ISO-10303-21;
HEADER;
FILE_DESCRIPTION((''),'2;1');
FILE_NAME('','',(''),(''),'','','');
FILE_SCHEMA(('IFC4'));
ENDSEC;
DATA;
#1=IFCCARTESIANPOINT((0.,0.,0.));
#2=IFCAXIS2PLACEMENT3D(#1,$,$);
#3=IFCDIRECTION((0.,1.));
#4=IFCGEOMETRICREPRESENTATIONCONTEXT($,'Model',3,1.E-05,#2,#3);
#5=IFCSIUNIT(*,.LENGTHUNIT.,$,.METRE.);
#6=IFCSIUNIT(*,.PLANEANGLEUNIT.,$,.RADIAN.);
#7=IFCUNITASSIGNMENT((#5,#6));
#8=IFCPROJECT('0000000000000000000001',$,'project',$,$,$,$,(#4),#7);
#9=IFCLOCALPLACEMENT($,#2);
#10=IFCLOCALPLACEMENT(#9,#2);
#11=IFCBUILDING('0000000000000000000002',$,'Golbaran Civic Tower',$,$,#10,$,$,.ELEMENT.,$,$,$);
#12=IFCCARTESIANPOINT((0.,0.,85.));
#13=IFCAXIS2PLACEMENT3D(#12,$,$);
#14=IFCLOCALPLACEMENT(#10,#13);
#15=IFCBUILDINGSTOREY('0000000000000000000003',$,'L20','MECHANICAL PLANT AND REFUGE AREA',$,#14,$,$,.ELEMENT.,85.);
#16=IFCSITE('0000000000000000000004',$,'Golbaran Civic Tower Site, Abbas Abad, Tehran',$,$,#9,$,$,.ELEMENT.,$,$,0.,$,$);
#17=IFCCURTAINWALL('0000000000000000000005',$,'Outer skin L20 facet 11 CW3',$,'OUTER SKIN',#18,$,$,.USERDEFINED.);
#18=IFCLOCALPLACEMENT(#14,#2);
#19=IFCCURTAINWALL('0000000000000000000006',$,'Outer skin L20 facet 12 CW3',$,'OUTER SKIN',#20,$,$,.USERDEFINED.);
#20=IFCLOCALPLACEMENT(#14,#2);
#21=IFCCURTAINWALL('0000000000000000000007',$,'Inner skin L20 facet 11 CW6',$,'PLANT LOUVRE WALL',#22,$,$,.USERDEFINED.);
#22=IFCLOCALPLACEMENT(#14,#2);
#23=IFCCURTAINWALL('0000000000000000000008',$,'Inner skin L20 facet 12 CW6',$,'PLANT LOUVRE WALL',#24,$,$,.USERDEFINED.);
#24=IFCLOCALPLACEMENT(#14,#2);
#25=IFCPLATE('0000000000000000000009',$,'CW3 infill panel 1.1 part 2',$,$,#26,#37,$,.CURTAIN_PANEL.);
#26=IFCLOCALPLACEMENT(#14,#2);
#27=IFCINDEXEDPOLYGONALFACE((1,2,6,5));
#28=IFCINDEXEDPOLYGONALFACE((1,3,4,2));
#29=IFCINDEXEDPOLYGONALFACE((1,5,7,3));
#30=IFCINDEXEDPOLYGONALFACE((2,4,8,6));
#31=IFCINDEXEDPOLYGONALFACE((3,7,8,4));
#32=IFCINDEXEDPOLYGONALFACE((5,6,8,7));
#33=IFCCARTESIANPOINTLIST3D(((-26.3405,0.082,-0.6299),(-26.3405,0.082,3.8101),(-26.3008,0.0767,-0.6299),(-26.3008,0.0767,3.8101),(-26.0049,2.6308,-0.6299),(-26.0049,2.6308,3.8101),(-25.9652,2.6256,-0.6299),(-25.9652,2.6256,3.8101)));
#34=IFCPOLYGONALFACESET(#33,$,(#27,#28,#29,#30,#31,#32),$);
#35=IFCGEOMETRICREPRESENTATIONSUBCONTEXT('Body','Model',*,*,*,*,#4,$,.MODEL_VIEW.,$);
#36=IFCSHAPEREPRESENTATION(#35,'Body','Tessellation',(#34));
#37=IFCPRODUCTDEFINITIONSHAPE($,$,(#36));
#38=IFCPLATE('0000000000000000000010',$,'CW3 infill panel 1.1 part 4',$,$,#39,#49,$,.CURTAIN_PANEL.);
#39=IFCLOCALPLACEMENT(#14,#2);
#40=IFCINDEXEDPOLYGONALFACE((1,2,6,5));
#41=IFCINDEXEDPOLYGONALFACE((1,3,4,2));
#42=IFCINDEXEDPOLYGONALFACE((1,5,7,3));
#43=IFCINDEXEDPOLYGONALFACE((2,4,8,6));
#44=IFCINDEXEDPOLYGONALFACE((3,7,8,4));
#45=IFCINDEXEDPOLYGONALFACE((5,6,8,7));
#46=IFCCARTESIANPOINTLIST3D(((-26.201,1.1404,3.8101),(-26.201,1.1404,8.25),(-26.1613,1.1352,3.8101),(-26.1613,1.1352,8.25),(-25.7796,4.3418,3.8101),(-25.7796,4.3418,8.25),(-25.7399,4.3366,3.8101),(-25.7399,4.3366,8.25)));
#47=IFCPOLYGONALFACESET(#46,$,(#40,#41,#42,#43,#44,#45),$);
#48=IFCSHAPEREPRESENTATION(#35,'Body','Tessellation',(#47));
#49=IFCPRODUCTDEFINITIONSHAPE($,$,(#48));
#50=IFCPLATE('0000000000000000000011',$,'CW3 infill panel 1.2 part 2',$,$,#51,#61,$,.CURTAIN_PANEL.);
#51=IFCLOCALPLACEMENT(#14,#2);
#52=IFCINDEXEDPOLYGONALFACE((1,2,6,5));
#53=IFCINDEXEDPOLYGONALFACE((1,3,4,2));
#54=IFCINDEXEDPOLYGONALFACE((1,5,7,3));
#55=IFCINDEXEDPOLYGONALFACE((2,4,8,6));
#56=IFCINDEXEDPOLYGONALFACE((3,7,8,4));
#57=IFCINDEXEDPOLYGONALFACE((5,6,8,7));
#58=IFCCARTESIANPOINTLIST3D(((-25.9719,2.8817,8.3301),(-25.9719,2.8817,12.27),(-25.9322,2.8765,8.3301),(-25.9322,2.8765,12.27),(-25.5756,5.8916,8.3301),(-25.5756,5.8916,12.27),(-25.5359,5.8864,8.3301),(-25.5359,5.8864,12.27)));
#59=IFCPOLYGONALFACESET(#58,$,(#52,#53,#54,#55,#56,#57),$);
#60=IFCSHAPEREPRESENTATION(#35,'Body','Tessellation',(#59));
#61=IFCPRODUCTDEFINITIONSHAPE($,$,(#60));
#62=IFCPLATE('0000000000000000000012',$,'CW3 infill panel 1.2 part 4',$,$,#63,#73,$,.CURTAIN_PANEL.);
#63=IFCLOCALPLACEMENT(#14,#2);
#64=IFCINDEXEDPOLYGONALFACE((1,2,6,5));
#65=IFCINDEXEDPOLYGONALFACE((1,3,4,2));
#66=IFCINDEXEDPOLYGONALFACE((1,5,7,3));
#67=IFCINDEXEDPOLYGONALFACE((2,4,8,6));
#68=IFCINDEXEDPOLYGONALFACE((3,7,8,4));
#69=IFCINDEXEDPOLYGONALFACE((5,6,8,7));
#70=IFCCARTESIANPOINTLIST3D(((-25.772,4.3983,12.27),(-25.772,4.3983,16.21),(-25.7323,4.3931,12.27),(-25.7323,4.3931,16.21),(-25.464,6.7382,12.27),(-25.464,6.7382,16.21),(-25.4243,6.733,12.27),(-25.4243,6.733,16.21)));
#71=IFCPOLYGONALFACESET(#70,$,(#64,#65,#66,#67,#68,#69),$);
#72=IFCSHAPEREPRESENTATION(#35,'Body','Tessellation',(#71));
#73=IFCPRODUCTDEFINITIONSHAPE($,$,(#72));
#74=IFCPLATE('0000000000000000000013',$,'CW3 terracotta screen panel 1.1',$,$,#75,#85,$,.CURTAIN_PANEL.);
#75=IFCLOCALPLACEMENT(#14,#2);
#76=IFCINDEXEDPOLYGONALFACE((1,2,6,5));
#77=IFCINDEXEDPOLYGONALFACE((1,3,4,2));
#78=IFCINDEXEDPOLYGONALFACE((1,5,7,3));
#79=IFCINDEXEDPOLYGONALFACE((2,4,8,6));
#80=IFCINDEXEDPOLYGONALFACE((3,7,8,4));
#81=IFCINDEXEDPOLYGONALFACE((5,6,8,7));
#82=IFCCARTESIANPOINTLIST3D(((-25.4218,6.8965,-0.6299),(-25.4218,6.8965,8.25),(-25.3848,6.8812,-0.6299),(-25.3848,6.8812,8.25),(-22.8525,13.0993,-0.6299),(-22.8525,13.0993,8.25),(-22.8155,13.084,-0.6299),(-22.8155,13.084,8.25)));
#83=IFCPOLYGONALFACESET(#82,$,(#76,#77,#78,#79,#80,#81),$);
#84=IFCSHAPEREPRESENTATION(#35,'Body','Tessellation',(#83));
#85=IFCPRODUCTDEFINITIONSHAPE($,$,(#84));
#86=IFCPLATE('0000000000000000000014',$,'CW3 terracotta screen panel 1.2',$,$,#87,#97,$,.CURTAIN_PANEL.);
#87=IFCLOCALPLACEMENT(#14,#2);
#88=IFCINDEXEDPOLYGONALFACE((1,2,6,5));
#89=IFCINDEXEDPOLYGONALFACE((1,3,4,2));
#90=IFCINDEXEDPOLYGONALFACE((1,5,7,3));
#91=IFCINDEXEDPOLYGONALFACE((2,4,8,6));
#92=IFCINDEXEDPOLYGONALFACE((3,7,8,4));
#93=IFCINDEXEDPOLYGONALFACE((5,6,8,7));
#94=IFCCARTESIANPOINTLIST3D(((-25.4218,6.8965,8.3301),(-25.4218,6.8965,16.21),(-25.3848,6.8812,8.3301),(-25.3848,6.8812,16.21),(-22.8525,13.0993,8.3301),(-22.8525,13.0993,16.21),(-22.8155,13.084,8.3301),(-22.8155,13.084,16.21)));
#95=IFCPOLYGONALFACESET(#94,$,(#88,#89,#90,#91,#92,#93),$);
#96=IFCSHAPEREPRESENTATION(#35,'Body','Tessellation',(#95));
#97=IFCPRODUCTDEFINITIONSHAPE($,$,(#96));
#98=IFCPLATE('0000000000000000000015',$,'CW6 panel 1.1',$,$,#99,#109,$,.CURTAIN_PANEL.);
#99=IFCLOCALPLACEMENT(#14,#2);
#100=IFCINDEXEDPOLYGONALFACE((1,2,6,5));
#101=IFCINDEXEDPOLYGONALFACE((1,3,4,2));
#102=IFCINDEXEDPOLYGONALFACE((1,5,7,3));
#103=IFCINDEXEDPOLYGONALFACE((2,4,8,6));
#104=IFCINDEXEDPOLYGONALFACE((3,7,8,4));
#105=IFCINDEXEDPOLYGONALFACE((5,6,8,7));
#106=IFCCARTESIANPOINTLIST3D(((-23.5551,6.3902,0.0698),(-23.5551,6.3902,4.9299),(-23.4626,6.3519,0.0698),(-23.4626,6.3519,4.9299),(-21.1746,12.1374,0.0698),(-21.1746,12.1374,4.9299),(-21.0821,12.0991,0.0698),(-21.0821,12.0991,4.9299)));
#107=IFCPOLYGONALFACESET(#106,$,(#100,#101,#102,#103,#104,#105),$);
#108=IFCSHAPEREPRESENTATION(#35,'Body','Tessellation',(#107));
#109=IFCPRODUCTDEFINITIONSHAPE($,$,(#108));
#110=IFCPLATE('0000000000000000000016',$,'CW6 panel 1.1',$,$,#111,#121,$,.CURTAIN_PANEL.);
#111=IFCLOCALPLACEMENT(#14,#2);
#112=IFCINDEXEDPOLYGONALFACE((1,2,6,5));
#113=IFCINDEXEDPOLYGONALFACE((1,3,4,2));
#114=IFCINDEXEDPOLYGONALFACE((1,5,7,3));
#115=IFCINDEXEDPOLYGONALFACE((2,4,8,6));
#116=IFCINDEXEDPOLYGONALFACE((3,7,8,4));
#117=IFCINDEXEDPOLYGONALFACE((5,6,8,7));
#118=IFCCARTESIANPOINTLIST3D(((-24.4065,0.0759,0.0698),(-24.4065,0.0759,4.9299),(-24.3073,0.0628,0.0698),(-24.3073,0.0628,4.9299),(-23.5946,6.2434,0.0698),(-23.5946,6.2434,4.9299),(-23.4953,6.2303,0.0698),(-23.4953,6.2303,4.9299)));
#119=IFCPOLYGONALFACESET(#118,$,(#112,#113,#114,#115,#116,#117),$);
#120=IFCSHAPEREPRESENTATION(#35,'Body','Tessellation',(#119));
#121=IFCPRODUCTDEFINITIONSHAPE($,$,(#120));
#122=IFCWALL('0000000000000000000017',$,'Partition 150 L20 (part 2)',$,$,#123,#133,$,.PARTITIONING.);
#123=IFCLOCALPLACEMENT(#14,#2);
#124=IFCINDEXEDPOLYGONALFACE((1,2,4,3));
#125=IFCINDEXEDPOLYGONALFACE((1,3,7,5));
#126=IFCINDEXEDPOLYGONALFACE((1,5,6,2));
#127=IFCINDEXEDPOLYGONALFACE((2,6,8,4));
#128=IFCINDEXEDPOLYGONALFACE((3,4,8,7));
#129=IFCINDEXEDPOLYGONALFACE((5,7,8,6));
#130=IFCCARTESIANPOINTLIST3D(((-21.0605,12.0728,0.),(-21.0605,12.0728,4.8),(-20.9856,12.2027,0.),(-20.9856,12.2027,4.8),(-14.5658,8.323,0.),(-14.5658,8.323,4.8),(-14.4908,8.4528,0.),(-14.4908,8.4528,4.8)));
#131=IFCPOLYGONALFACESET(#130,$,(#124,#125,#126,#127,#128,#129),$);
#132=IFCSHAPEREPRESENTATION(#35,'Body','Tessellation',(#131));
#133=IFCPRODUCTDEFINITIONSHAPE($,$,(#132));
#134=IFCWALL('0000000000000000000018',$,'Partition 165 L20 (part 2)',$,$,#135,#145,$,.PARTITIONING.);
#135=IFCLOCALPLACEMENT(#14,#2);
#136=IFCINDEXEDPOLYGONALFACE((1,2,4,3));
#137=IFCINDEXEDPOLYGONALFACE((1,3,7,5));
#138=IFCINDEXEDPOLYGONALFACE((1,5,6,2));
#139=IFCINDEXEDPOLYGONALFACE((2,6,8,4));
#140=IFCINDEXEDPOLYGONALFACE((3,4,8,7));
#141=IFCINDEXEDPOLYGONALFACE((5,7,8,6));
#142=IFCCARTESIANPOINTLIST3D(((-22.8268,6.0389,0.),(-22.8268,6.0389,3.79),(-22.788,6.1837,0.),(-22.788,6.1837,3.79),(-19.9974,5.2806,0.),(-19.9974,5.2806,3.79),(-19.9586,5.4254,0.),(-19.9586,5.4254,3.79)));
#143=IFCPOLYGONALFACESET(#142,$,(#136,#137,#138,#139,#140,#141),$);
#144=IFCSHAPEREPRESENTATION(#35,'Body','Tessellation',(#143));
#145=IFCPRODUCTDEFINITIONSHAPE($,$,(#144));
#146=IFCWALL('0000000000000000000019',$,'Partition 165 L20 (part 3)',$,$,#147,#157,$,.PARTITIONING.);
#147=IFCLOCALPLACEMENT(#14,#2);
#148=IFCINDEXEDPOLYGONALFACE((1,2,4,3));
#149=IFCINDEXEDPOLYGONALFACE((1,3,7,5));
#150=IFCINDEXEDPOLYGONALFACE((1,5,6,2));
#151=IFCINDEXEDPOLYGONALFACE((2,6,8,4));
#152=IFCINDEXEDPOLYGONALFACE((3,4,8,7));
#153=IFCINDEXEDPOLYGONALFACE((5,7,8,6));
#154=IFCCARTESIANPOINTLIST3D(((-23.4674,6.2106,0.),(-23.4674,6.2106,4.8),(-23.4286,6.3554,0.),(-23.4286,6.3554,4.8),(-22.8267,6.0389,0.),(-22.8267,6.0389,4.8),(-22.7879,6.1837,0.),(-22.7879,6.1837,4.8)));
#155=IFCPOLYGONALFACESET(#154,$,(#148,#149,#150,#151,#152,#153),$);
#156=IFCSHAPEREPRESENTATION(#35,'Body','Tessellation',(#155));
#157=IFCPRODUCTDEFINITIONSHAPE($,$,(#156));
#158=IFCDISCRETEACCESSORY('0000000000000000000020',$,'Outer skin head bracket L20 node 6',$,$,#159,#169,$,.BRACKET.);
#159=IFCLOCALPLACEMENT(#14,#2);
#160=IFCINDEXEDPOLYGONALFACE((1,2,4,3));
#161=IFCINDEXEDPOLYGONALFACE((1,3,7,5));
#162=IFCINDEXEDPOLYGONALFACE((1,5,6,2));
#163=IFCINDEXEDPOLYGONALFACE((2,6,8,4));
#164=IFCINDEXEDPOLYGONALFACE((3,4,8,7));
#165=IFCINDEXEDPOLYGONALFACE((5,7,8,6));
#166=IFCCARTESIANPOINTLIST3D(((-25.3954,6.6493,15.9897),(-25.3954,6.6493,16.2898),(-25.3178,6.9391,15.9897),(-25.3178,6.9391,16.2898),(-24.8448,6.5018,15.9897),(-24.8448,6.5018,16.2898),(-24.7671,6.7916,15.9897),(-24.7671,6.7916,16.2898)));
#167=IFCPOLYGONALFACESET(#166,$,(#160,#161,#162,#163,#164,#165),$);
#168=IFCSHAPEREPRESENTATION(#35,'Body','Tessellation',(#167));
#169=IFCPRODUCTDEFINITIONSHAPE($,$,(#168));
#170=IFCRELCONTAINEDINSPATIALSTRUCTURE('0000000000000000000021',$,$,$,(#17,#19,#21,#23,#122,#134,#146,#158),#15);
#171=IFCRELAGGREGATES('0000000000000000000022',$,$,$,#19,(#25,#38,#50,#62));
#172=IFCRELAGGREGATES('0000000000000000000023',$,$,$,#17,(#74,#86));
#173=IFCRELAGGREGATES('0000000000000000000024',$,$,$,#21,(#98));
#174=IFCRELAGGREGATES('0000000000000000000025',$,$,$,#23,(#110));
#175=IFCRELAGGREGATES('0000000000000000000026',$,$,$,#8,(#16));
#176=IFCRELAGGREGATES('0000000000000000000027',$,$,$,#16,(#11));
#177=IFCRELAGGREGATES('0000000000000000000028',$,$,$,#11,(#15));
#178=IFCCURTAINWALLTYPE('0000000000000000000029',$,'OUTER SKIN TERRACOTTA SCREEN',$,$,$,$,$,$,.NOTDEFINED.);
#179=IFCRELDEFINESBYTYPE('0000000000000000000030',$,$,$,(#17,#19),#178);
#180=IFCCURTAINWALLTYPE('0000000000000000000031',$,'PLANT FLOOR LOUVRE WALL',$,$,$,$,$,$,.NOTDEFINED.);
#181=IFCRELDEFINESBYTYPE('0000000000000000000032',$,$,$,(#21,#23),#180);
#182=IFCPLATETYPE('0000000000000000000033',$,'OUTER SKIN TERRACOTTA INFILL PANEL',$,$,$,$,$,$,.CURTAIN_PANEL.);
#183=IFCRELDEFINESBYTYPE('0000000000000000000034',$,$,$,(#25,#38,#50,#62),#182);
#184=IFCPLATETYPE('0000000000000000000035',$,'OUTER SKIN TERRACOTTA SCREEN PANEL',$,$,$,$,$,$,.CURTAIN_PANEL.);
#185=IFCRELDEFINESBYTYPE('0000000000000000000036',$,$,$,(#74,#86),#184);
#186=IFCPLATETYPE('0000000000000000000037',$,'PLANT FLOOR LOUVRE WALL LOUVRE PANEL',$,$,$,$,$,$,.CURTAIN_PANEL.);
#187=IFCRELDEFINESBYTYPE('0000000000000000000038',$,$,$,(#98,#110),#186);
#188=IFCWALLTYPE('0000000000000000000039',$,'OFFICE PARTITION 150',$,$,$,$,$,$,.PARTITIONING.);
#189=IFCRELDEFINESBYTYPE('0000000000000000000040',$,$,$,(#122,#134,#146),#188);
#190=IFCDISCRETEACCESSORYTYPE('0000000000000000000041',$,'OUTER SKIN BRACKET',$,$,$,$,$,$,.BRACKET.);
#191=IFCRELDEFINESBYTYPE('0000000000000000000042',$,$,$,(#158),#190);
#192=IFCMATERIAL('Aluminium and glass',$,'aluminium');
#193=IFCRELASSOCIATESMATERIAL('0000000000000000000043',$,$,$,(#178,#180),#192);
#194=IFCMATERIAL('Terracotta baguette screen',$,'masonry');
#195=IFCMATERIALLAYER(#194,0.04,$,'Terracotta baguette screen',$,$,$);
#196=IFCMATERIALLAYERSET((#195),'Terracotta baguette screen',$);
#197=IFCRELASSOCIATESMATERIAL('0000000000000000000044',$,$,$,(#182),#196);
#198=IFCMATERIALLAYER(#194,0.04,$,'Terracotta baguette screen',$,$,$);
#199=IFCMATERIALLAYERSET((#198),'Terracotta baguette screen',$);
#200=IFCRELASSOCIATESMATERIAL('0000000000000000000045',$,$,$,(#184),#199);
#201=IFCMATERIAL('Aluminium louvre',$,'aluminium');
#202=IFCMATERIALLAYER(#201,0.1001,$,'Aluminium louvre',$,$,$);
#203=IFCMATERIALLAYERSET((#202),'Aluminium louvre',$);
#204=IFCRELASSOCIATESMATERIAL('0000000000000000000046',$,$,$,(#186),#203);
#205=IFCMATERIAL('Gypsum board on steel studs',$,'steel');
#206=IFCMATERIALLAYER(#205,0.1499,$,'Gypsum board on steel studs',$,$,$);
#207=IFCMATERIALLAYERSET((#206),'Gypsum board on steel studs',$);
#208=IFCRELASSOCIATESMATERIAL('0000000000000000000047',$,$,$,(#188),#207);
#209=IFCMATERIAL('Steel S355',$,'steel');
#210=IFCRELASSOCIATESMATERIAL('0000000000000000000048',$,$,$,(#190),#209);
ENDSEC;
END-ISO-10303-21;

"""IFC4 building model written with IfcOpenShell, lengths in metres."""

from ifc_helpers import new_model, si_unit, direction, frame, frame_2d, origin, origin_2d, place, context, subcontext, project, spatial, rectangle, extrude, material, layer, layer_set, type_object, element, aggregate, save


model = new_model("IFC4")

# Units and contexts
model_context = context("Model", 3, precision=1e-05, world=origin(), true_north=direction((0.0, 1.0)))
body_context = subcontext(model_context, "Body", "Model", "MODEL_VIEW")
ifc_project = project(units=[si_unit("LENGTHUNIT", "METRE"), si_unit("PLANEANGLEUNIT", "RADIAN")], contexts=[model_context])

# Site, building, storey
site_placement = place(None, origin())
site = spatial("IfcSite", under=ifc_project, at=site_placement, Name="Golbaran Civic Tower Site, Abbas Abad, Tehran", CompositionType="ELEMENT", RefElevation=0.0)
building_placement = place(site_placement, origin())
building = spatial("IfcBuilding", under=site, at=building_placement, Name="Golbaran Civic Tower", CompositionType="ELEMENT")
storey_placement = place(building_placement, frame((0.0, 0.0, 85.0)))
storey = spatial("IfcBuildingStorey", under=building, at=storey_placement, Name="L20", Description="MECHANICAL PLANT AND REFUGE AREA", CompositionType="ELEMENT", Elevation=85.0)

# Shared definitions
ifc_material_1 = material(Name="Steel S355", Category="steel")

# Curtain wall
ifc_material_2 = material(Name="Aluminium and glass", Category="aluminium")
curtain_wall_type_1 = type_object("IfcCurtainWallType", Name="OUTER SKIN TERRACOTTA SCREEN", PredefinedType="NOTDEFINED", material=ifc_material_2)
curtain_wall_1_placement = place(storey_placement, origin())
curtain_wall_1 = element("IfcCurtainWall", 1, at=curtain_wall_1_placement, inside=storey, type_object=curtain_wall_type_1, Name="Outer skin L20 facet 11 CW3", ObjectType="OUTER SKIN", PredefinedType="USERDEFINED")

# Curtain wall
curtain_wall_2_placement = place(storey_placement, origin())
curtain_wall_2 = element("IfcCurtainWall", 2, at=curtain_wall_2_placement, inside=storey, type_object=curtain_wall_type_1, Name="Outer skin L20 facet 12 CW3", ObjectType="OUTER SKIN", PredefinedType="USERDEFINED")

# Shared definitions
curtain_wall_type_2 = type_object("IfcCurtainWallType", Name="PLANT FLOOR LOUVRE WALL", PredefinedType="NOTDEFINED", material=ifc_material_2)

# Curtain walls
curtain_wall_3_placement = place(storey_placement, origin())
curtain_wall_3 = element("IfcCurtainWall", 3, at=curtain_wall_3_placement, inside=storey, type_object=curtain_wall_type_2, Name="Inner skin L20 facet 11 CW6", ObjectType="PLANT LOUVRE WALL", PredefinedType="USERDEFINED")
curtain_wall_4_placement = place(storey_placement, origin())
curtain_wall_4 = element("IfcCurtainWall", 4, at=curtain_wall_4_placement, inside=storey, type_object=curtain_wall_type_2, Name="Inner skin L20 facet 12 CW6", ObjectType="PLANT LOUVRE WALL", PredefinedType="USERDEFINED")

# Plates
ifc_material_3 = material(Name="Terracotta baguette screen", Category="masonry")
ifc_layer_1 = layer(ifc_material_3, 0.04, Name="Terracotta baguette screen")
ifc_layer_set_1 = layer_set([ifc_layer_1], Name="Terracotta baguette screen")
plate_type_1 = type_object("IfcPlateType", Name="OUTER SKIN TERRACOTTA INFILL PANEL", PredefinedType="CURTAIN_PANEL", material=ifc_layer_set_1)
plate_1_placement = place(storey_placement, frame((-26.1528, 1.3538, -0.6299), z_axis=(0.0, 0.0, 1.0), x_axis=(-0.130526, -0.991445, 0.0)))
plate_1 = element("IfcPlate", 5, at=plate_1_placement, type_object=plate_type_1, Name="CW3 infill panel 1.1 part 2", PredefinedType="CURTAIN_PANEL", context=body_context, shape_type="SweptSolid", body=[
    extrude(rectangle(XDim=2.5708, YDim=0.04, at=origin_2d()), origin(), (0.0, 0.0, 1.0), 4.4399),
])
plate_2_placement = place(storey_placement, frame((-25.9705, 2.7385, 3.8101), z_axis=(0.0, 0.0, 1.0), x_axis=(-0.130526, -0.991445, 0.0)))
plate_2 = element("IfcPlate", 6, at=plate_2_placement, type_object=plate_type_1, Name="CW3 infill panel 1.1 part 4", PredefinedType="CURTAIN_PANEL", context=body_context, shape_type="SweptSolid", body=[
    extrude(rectangle(XDim=3.229, YDim=0.04, at=origin_2d()), origin(), (0.0, 0.0, 1.0), 4.4399),
])
plate_3_placement = place(storey_placement, frame((-25.7539, 4.384, 8.3301), z_axis=(0.0, 0.0, 1.0), x_axis=(-0.130526, -0.991445, 0.0)))
plate_3 = element("IfcPlate", 7, at=plate_3_placement, type_object=plate_type_1, Name="CW3 infill panel 1.2 part 2", PredefinedType="CURTAIN_PANEL", context=body_context, shape_type="SweptSolid", body=[
    extrude(rectangle(XDim=3.0359, YDim=0.04, at=origin_2d()), origin(), (0.0, 0.0, 1.0), 3.9399),
])
plate_4_placement = place(storey_placement, frame((-25.5981, 5.5657, 12.27), z_axis=(0.0, 0.0, 1.0), x_axis=(-0.130526, -0.991445, 0.0)))
plate_4 = element("IfcPlate", 8, at=plate_4_placement, type_object=plate_type_1, Name="CW3 infill panel 1.2 part 4", PredefinedType="CURTAIN_PANEL", context=body_context, shape_type="SweptSolid", body=[
    extrude(rectangle(XDim=2.3601, YDim=0.04, at=origin_2d()), origin(), (0.0, 0.0, 1.0), 3.9399),
])
aggregate(curtain_wall_2, [plate_1, plate_2, plate_3, plate_4])
ifc_layer_2 = layer(ifc_material_3, 0.04, Name="Terracotta baguette screen")
ifc_layer_set_2 = layer_set([ifc_layer_2], Name="Terracotta baguette screen")
plate_type_2 = type_object("IfcPlateType", Name="OUTER SKIN TERRACOTTA SCREEN PANEL", PredefinedType="CURTAIN_PANEL", material=ifc_layer_set_2)
plate_5_placement = place(storey_placement, frame((-24.1187, 9.9902, -0.6299), z_axis=(0.0, 0.0, 1.0), x_axis=(-0.382683, -0.92388, 0.0)))
plate_5 = element("IfcPlate", 9, at=plate_5_placement, type_object=plate_type_2, Name="CW3 terracotta screen panel 1.1", PredefinedType="CURTAIN_PANEL", context=body_context, shape_type="SweptSolid", body=[
    extrude(rectangle(XDim=6.7139, YDim=0.04, at=origin_2d()), origin(), (0.0, 0.0, 1.0), 8.8799),
])
plate_6_placement = place(storey_placement, frame((-24.1187, 9.9902, 8.3301), z_axis=(0.0, 0.0, 1.0), x_axis=(-0.382683, -0.92388, 0.0)))
plate_6 = element("IfcPlate", 10, at=plate_6_placement, type_object=plate_type_2, Name="CW3 terracotta screen panel 1.2", PredefinedType="CURTAIN_PANEL", context=body_context, shape_type="SweptSolid", body=[
    extrude(rectangle(XDim=6.7139, YDim=0.04, at=origin_2d()), origin(), (0.0, 0.0, 1.0), 7.8799),
])
aggregate(curtain_wall_1, [plate_5, plate_6])
ifc_material_4 = material(Name="Aluminium louvre", Category="aluminium")
ifc_layer_3 = layer(ifc_material_4, 0.1001, Name="Aluminium louvre")
ifc_layer_set_3 = layer_set([ifc_layer_3], Name="Aluminium louvre")
plate_type_3 = type_object("IfcPlateType", Name="PLANT FLOOR LOUVRE WALL LOUVRE PANEL", PredefinedType="CURTAIN_PANEL", material=ifc_layer_set_3)
plate_7_placement = place(storey_placement, frame((-22.3186, 9.2446, 0.0698), z_axis=(0.0, 0.0, 1.0), x_axis=(-0.382683, -0.92388, 0.0)))
plate_7 = element("IfcPlate", 11, at=plate_7_placement, type_object=plate_type_3, Name="CW6 panel 1.1", PredefinedType="CURTAIN_PANEL", context=body_context, shape_type="SweptSolid", body=[
    extrude(rectangle(XDim=6.2207, YDim=0.1001, at=origin_2d()), origin(), (0.0, 0.0, 1.0), 4.8601),
])
aggregate(curtain_wall_3, [plate_7])
plate_8_placement = place(storey_placement, frame((-23.9509, 3.1531, 0.0698), z_axis=(0.0, 0.0, 1.0), x_axis=(-0.130526, -0.991445, 0.0)))
plate_8 = element("IfcPlate", 12, at=plate_8_placement, type_object=plate_type_3, Name="CW6 panel 1.1", PredefinedType="CURTAIN_PANEL", context=body_context, shape_type="SweptSolid", body=[
    extrude(rectangle(XDim=6.2207, YDim=0.1001, at=origin_2d()), origin(), (0.0, 0.0, 1.0), 4.8601),
])
aggregate(curtain_wall_4, [plate_8])

# Walls
ifc_material_5 = material(Name="Gypsum board on steel studs", Category="steel")
ifc_layer_4 = layer(ifc_material_5, 0.1499, Name="Gypsum board on steel studs")
ifc_layer_set_4 = layer_set([ifc_layer_4], Name="Gypsum board on steel studs")
wall_type = type_object("IfcWallType", Name="OFFICE PARTITION 150", PredefinedType="PARTITIONING", material=ifc_layer_set_4)
wall_1_placement = place(storey_placement, frame((-14.5283, 8.3879, 0.0), z_axis=(0.0, 0.0, 1.0), x_axis=(-0.866021, 0.500008, 0.0)))
element("IfcWall", 13, at=wall_1_placement, inside=storey, type_object=wall_type, Name="Partition 150 L20 (part 2)", PredefinedType="PARTITIONING", context=body_context, shape_type="SweptSolid", body=[
    extrude(rectangle(XDim=7.4995, YDim=0.1499, at=frame_2d((3.7498, 0.0))), origin(), (0.0, 0.0, 1.0), 4.8),
])
wall_2_placement = place(storey_placement, frame((-19.978, 5.353, 0.0), z_axis=(0.0, 0.0, 1.0), x_axis=(-0.96591, 0.258876, 0.0)))
element("IfcWall", 14, at=wall_2_placement, inside=storey, type_object=wall_type, Name="Partition 165 L20 (part 2)", PredefinedType="PARTITIONING", context=body_context, shape_type="SweptSolid", body=[
    extrude(rectangle(XDim=2.9292, YDim=0.1499, at=frame_2d((1.4646, 0.0))), origin(), (0.0, 0.0, 1.0), 3.79),
])
wall_3_placement = place(storey_placement, frame((-22.8074, 6.1113, 0.0), z_axis=(0.0, 0.0, 1.0), x_axis=(-0.965935, 0.258785, 0.0)))
element("IfcWall", 15, at=wall_3_placement, inside=storey, type_object=wall_type, Name="Partition 165 L20 (part 3)", PredefinedType="PARTITIONING", context=body_context, shape_type="SweptSolid", body=[
    extrude(rectangle(XDim=0.6633, YDim=0.1499, at=frame_2d((0.3315, 0.0))), origin(), (0.0, 0.0, 1.0), 4.8),
])

# Discrete accessory
discrete_accessory_type = type_object("IfcDiscreteAccessoryType", Name="OUTER SKIN BRACKET", PredefinedType="BRACKET", material=ifc_material_1)
discrete_accessory_placement = place(storey_placement, frame((-25.0813, 6.7205, 15.9897), z_axis=(0.0, 0.0, 1.0), x_axis=(-0.965926, 0.258819, 0.0)))
element("IfcDiscreteAccessory", 16, at=discrete_accessory_placement, inside=storey, type_object=discrete_accessory_type, Name="Outer skin head bracket L20 node 6", PredefinedType="BRACKET", context=body_context, shape_type="SweptSolid", body=[
    extrude(rectangle(XDim=0.5701, YDim=0.3, at=origin_2d()), origin(), (0.0, 0.0, 1.0), 0.3),
])

save(model, "model.ifc")
